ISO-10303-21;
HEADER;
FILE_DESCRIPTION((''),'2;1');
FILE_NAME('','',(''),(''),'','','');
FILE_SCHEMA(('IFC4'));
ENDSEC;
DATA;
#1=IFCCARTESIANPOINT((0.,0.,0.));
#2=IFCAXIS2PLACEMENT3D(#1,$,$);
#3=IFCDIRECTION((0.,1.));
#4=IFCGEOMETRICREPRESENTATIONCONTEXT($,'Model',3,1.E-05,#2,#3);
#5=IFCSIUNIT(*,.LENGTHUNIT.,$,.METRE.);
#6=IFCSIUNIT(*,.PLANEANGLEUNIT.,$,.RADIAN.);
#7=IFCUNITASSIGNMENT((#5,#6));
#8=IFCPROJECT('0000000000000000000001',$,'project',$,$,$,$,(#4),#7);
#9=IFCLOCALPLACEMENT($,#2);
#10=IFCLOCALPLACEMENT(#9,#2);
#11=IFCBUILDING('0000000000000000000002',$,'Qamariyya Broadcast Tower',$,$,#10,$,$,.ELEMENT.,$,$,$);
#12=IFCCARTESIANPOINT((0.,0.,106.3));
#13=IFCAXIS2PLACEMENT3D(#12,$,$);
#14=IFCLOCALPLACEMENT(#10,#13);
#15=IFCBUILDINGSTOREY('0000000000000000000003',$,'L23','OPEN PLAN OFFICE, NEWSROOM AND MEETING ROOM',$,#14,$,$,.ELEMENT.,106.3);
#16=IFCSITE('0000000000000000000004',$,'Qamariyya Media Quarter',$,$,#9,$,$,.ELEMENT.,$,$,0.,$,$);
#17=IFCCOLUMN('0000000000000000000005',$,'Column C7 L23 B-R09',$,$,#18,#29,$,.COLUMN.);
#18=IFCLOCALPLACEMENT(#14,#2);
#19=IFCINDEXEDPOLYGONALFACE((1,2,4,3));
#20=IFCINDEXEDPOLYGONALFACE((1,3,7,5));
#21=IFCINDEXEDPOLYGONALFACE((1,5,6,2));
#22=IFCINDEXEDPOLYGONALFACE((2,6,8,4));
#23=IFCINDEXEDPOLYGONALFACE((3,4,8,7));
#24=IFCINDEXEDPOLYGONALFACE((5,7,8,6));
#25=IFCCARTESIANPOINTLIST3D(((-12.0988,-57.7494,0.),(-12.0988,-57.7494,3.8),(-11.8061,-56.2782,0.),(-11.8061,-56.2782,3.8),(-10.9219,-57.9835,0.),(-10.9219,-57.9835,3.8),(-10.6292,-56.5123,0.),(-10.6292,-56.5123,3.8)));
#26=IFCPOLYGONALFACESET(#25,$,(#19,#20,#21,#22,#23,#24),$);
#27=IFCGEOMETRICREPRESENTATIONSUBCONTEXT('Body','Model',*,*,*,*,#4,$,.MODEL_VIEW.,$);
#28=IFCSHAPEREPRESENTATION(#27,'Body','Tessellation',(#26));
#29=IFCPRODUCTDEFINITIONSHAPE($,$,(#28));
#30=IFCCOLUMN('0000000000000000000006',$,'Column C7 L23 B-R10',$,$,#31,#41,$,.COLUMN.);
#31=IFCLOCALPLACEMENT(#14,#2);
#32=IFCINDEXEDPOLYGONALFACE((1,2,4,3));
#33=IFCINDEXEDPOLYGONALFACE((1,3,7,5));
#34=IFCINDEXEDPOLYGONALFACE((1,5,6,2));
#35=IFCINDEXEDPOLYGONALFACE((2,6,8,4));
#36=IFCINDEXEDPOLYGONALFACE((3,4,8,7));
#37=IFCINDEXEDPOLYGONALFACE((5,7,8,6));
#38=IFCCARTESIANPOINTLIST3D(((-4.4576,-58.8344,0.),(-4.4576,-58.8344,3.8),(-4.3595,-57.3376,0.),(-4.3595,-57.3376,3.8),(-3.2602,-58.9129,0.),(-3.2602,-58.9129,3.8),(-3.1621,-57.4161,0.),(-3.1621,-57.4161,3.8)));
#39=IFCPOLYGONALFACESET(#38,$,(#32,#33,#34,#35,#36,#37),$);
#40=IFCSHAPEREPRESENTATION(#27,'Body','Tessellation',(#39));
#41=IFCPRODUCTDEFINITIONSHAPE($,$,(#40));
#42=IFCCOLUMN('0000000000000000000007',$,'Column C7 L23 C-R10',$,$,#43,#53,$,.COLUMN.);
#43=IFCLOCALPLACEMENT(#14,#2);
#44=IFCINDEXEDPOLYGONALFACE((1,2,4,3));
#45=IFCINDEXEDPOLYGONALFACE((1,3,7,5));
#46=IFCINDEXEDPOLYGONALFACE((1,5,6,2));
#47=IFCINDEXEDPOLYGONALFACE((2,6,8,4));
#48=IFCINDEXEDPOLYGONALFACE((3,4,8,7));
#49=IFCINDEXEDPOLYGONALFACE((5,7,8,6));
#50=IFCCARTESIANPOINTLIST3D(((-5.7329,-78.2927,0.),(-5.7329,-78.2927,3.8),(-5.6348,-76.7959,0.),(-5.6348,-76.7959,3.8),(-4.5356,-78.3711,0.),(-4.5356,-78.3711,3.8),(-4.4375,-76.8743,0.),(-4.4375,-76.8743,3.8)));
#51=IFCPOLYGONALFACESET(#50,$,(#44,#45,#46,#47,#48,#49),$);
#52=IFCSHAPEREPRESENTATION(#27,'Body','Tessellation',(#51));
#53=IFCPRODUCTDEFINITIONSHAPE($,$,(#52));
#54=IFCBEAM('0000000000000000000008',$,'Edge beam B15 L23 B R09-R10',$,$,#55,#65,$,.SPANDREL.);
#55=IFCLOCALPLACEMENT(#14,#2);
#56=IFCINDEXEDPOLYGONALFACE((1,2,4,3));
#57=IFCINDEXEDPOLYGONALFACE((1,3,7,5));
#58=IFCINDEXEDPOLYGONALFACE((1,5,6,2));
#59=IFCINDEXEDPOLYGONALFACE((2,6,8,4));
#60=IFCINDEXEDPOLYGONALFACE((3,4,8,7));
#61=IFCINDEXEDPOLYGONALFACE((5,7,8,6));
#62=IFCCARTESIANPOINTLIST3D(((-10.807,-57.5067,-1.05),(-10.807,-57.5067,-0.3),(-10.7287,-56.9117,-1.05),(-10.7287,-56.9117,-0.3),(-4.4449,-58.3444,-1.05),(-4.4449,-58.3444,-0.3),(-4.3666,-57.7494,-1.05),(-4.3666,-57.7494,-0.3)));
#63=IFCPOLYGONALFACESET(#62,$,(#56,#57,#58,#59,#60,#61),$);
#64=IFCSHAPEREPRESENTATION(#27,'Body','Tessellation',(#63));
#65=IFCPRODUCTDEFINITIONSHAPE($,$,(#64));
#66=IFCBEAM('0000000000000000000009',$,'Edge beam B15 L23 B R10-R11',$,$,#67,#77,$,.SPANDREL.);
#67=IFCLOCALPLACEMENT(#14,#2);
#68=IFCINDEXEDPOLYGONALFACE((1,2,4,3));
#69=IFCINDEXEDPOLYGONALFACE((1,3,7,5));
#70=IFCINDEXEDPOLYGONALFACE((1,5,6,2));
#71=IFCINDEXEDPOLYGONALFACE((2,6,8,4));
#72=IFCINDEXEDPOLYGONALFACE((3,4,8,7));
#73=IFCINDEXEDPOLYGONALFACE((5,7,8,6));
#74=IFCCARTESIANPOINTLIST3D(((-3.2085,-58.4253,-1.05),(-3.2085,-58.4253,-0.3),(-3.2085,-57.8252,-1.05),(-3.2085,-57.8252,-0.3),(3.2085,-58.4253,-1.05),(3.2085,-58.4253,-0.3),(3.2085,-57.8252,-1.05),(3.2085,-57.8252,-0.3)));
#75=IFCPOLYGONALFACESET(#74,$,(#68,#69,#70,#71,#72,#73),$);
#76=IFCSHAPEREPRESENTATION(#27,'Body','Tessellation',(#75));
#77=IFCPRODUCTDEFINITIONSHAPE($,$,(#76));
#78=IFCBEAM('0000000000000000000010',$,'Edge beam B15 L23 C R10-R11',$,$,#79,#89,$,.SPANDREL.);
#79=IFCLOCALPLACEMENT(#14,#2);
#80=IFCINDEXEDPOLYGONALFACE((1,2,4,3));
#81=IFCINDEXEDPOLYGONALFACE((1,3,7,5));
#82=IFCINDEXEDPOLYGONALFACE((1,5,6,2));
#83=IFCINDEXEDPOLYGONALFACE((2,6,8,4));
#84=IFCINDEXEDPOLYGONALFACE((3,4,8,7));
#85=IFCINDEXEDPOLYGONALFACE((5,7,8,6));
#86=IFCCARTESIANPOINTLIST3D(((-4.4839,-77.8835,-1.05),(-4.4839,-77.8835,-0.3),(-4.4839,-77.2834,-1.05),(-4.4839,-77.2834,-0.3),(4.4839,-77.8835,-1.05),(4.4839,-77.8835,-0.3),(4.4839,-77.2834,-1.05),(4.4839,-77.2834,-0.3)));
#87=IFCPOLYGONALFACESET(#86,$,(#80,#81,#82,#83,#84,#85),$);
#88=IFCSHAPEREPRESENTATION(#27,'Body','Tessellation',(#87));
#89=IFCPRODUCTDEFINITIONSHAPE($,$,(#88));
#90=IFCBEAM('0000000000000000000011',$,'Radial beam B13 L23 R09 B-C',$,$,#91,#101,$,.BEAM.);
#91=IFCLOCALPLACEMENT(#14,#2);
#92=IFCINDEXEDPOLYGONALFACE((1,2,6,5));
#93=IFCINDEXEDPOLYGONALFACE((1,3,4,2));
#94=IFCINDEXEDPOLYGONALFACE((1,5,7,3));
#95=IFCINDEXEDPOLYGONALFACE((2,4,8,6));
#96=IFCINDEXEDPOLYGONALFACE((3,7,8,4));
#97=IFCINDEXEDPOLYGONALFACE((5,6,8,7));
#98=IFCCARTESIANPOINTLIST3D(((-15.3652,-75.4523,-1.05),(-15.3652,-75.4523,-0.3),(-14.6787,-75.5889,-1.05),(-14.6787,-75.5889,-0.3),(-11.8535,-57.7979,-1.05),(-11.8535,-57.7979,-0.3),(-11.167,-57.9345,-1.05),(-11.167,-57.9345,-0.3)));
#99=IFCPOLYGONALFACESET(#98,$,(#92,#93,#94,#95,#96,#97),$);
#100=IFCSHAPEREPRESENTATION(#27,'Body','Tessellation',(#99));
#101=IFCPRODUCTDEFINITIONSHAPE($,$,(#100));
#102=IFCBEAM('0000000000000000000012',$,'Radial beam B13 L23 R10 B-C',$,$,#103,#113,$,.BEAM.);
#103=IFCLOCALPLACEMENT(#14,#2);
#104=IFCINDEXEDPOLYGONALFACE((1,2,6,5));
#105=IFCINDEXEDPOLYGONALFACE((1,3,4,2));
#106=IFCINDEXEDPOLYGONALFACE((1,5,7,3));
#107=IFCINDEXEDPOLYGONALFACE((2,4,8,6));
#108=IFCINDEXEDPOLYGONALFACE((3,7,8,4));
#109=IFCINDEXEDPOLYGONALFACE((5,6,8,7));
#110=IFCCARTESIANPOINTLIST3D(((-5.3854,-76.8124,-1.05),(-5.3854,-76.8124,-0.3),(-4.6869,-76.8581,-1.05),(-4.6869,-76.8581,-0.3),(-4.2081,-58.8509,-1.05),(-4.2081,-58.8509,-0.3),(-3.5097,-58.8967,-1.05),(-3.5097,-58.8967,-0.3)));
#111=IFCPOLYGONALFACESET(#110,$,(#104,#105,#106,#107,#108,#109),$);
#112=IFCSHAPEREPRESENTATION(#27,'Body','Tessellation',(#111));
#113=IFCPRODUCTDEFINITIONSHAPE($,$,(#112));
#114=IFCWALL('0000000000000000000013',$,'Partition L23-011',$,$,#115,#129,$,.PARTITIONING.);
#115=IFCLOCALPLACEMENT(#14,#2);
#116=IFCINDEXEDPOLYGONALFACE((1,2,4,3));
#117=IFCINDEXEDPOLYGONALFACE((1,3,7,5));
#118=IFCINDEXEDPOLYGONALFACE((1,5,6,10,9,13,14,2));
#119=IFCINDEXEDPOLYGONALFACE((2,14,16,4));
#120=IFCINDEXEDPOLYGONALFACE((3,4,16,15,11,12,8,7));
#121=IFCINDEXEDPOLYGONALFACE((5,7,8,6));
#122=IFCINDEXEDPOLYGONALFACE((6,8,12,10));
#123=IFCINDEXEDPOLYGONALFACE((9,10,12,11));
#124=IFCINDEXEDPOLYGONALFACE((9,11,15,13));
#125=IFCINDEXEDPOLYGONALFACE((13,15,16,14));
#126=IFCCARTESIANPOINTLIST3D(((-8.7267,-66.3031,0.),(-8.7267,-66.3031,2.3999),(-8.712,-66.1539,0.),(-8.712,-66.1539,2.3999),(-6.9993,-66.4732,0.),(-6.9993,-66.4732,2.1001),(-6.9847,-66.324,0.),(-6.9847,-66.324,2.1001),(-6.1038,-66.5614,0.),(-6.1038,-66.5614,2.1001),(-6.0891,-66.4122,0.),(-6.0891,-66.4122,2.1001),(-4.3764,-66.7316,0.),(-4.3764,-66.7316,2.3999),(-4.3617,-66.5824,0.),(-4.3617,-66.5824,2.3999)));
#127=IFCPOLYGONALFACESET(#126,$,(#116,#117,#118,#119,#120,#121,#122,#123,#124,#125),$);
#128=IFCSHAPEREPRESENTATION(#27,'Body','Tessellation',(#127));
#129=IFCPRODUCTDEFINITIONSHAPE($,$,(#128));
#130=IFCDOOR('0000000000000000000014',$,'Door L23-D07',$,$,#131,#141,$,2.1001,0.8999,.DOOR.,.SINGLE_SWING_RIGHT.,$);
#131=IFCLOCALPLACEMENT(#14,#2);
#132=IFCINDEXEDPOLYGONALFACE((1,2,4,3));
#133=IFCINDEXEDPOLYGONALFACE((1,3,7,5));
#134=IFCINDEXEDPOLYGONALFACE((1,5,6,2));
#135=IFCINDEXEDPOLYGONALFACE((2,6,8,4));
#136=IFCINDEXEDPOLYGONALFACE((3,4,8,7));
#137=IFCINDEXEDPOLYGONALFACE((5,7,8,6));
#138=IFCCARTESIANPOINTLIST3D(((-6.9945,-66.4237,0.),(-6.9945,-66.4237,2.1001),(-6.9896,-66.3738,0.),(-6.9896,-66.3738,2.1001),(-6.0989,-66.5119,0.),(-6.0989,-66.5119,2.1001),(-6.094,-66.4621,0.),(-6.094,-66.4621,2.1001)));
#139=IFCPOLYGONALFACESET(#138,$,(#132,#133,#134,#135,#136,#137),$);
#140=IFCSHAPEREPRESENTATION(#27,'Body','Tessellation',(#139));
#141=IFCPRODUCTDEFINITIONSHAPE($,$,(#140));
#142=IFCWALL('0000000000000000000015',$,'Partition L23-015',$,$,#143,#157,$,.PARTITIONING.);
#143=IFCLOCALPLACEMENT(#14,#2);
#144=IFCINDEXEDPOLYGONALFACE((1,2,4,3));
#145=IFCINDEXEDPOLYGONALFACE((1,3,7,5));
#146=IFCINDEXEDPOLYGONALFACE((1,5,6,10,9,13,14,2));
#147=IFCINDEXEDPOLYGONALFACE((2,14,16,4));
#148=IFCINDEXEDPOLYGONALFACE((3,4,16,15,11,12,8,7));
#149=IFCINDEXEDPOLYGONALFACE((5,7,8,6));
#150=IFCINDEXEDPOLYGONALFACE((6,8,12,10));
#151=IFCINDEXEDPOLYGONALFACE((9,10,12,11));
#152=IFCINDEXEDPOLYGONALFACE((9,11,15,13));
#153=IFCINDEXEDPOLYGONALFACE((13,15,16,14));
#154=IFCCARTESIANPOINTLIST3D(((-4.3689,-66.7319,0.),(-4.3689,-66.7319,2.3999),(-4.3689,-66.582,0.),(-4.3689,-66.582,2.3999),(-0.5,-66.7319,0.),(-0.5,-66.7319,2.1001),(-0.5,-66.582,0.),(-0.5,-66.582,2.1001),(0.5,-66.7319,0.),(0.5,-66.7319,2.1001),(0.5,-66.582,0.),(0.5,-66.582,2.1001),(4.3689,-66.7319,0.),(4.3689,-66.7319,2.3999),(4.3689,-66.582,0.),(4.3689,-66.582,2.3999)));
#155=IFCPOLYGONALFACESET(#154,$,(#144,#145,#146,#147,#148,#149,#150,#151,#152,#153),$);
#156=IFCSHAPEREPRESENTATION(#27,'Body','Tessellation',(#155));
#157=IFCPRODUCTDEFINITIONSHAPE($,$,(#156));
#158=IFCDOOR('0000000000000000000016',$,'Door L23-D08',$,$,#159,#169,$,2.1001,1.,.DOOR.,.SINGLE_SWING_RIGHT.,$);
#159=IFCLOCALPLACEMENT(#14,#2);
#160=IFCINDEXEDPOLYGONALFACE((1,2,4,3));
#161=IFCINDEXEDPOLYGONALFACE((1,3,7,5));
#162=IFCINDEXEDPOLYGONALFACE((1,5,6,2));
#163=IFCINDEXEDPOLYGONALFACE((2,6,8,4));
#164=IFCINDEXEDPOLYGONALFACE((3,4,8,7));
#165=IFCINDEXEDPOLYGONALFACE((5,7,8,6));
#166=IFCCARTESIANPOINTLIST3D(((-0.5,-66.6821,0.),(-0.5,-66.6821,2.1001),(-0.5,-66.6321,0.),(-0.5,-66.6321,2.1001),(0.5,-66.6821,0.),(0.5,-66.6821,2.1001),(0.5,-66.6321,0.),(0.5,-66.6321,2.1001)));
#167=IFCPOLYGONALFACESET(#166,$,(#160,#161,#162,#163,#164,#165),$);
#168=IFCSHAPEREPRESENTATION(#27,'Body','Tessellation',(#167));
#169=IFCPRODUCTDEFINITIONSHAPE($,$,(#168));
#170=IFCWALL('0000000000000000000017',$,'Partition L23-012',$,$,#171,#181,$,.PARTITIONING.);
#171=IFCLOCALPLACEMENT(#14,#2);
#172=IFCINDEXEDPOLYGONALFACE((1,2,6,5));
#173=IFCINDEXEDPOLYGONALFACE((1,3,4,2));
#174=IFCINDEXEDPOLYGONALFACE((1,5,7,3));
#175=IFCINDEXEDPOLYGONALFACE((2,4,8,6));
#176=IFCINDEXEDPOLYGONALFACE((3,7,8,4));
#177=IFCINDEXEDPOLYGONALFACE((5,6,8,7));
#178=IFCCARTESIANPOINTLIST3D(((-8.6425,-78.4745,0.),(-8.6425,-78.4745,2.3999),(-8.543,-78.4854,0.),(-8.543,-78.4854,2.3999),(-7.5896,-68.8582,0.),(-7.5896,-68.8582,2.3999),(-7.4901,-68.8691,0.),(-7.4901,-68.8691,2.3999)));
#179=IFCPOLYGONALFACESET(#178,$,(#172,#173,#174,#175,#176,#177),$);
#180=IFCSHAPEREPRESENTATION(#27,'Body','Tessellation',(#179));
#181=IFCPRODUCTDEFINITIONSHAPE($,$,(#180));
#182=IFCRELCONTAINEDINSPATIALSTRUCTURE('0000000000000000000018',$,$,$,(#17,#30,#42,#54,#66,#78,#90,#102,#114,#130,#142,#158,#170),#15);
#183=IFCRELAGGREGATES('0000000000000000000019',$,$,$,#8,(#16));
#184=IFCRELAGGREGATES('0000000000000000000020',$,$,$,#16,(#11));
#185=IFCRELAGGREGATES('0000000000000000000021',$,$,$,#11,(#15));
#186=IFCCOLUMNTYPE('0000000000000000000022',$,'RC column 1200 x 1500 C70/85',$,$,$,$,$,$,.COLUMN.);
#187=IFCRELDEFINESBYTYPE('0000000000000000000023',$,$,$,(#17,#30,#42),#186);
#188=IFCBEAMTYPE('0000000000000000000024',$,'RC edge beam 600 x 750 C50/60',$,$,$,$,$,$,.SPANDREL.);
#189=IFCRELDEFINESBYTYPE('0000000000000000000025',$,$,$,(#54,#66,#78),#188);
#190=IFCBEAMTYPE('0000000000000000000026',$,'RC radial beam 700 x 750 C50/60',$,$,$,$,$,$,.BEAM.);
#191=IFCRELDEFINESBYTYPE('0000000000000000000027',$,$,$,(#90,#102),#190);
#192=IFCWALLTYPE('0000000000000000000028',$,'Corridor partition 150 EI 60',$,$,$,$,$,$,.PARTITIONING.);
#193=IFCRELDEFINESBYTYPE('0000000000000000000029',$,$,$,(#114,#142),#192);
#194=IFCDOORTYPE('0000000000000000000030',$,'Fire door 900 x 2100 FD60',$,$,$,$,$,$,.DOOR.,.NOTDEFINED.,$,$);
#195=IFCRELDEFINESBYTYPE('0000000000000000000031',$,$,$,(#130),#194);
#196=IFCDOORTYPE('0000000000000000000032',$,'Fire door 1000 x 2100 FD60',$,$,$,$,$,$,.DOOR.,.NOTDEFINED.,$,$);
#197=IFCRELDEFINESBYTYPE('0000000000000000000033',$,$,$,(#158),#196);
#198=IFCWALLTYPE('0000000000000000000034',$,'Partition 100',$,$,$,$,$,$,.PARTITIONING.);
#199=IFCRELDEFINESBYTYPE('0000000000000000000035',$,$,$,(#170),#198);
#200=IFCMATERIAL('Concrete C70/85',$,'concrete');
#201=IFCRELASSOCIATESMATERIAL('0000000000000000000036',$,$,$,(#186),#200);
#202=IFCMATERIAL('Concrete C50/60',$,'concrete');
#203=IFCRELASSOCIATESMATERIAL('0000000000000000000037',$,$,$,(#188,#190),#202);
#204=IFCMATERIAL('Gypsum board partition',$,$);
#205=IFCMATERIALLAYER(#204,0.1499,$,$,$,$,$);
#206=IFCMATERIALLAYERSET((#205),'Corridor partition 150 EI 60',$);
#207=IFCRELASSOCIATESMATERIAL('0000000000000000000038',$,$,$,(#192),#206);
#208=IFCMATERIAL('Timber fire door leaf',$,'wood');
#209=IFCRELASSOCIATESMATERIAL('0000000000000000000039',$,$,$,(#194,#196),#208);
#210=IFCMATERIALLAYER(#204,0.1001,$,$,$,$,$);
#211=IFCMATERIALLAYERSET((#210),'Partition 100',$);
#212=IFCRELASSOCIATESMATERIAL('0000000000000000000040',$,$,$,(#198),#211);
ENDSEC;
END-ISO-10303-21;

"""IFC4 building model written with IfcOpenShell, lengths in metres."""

from ifc_helpers import new_model, si_unit, direction, frame, frame_2d, origin, origin_2d, place, context, subcontext, project, spatial, rectangle, extrude, material, layer, layer_set, material_profile, profile_set, type_object, element, fill, save


model = new_model("IFC4")

# Units and contexts
model_context = context("Model", 3, precision=1e-05, world=origin(), true_north=direction((0.0, 1.0)))
body_context = subcontext(model_context, "Body", "Model", "MODEL_VIEW")
ifc_project = project(units=[si_unit("LENGTHUNIT", "METRE"), si_unit("PLANEANGLEUNIT", "RADIAN")], contexts=[model_context])

# Site, building, storey
site_placement = place(None, origin())
site = spatial("IfcSite", under=ifc_project, at=site_placement, Name="Qamariyya Media Quarter", CompositionType="ELEMENT", RefElevation=0.0)
building_placement = place(site_placement, origin())
building = spatial("IfcBuilding", under=site, at=building_placement, Name="Qamariyya Broadcast Tower", CompositionType="ELEMENT")
storey_placement = place(building_placement, frame((0.0, 0.0, 106.3)))
storey = spatial("IfcBuildingStorey", under=building, at=storey_placement, Name="L23", Description="OPEN PLAN OFFICE, NEWSROOM AND MEETING ROOM", CompositionType="ELEMENT", Elevation=106.3)

# Columns
ifc_material_1 = material(Name="Concrete C70/85", Category="concrete")
ifc_material_profile_1 = material_profile(ifc_material_1, rectangle(XDim=1.2, YDim=1.5, at=origin_2d()))
ifc_profile_set_1 = profile_set([ifc_material_profile_1], Name="Concrete C70/85")
column_type = type_object("IfcColumnType", Name="RC column 1200 x 1500 C70/85", PredefinedType="COLUMN", material=ifc_profile_set_1)
for number, where, z_axis, x_axis, name in (
    (1, (-11.364, -57.1309, 0.0), (0.0, 0.0, 1.0), (0.980785, -0.19509, 0.0), "Column C7 L23 B-R09"),
    (2, (-3.8098, -58.1252, 0.0), (0.0, 0.0, 1.0), (0.997859, -0.065403, 0.0), "Column C7 L23 B-R10"),
    (3, (-5.0852, -77.5835, 0.0), (0.0, 0.0, 1.0), (0.997859, -0.065403, 0.0), "Column C7 L23 C-R10"),
):
    element("IfcColumn", number, at=place(storey_placement, frame(where, z_axis=z_axis, x_axis=x_axis)), inside=storey, type_object=column_type, Name=name, PredefinedType="COLUMN", context=body_context, shape_type="SweptSolid", body=[
        extrude(rectangle(XDim=1.2, YDim=1.5, at=origin_2d()), origin(), (0.0, 0.0, 1.0), 3.8),
    ])

# Beams
ifc_material_2 = material(Name="Concrete C50/60", Category="concrete")
ifc_material_profile_2 = material_profile(ifc_material_2, rectangle(XDim=0.6001, YDim=0.75, at=origin_2d()))
ifc_profile_set_2 = profile_set([ifc_material_profile_2], Name="Concrete C50/60")
beam_type_1 = type_object("IfcBeamType", Name="RC edge beam 600 x 750 C50/60", PredefinedType="SPANDREL", material=ifc_profile_set_2)
for number, where, z_axis, x_axis, name in (
    (4, (-10.7678, -57.2092, -0.675), (0.991444, -0.130536, 0.0), (0.130536, 0.991444, 0.0), "Edge beam B15 L23 B R09-R10"),
    (5, (-3.2085, -58.1252, -0.675), (1.0, 0.0, 0.0), (0.0, 1.0, 0.0), "Edge beam B15 L23 B R10-R11"),
):
    element("IfcBeam", number, at=place(storey_placement, frame(where, z_axis=z_axis, x_axis=x_axis)), inside=storey, type_object=beam_type_1, Name=name, PredefinedType="SPANDREL", context=body_context, shape_type="SweptSolid", body=[
        extrude(rectangle(XDim=0.6001, YDim=0.75, at=origin_2d()), origin(), (0.0, 0.0, 1.0), 6.417),
    ])
beam_1_placement = place(storey_placement, frame((-4.4839, -77.5835, -0.675), z_axis=(1.0, 0.0, 0.0), x_axis=(0.0, 1.0, 0.0)))
element("IfcBeam", 6, at=beam_1_placement, inside=storey, type_object=beam_type_1, Name="Edge beam B15 L23 C R10-R11", PredefinedType="SPANDREL", context=body_context, shape_type="SweptSolid", body=[
    extrude(rectangle(XDim=0.6001, YDim=0.75, at=origin_2d()), origin(), (0.0, 0.0, 1.0), 8.9678),
])
ifc_material_profile_3 = material_profile(ifc_material_2, rectangle(XDim=0.7, YDim=0.75, at=origin_2d()))
ifc_profile_set_3 = profile_set([ifc_material_profile_3], Name="Concrete C50/60")
beam_type_2 = type_object("IfcBeamType", Name="RC radial beam 700 x 750 C50/60", PredefinedType="BEAM", material=ifc_profile_set_3)
beam_2_placement = place(storey_placement, frame((-11.5103, -57.8662, -0.675), z_axis=(-0.195094, -0.980785, 0.0), x_axis=(0.980785, -0.195094, 0.0)))
element("IfcBeam", 7, at=beam_2_placement, inside=storey, type_object=beam_type_2, Name="Radial beam B13 L23 R09 B-C", PredefinedType="BEAM", context=body_context, shape_type="SweptSolid", body=[
    extrude(rectangle(XDim=0.7, YDim=0.75, at=origin_2d()), origin(), (0.0, 0.0, 1.0), 18.0002),
])
beam_3_placement = place(storey_placement, frame((-3.8589, -58.8738, -0.675), z_axis=(-0.065403, -0.997859, 0.0), x_axis=(0.997859, -0.065403, 0.0)))
element("IfcBeam", 8, at=beam_3_placement, inside=storey, type_object=beam_type_2, Name="Radial beam B13 L23 R10 B-C", PredefinedType="BEAM", context=body_context, shape_type="SweptSolid", body=[
    extrude(rectangle(XDim=0.7, YDim=0.75, at=origin_2d()), origin(), (0.0, 0.0, 1.0), 18.0),
])

# Walls, openings, doors
ifc_material_3 = material(Name="Gypsum board partition")
ifc_layer_1 = layer(ifc_material_3, 0.1499)
ifc_layer_set_1 = layer_set([ifc_layer_1], Name="Corridor partition 150 EI 60")
wall_type_1 = type_object("IfcWallType", Name="Corridor partition 150 EI 60", PredefinedType="PARTITIONING", material=ifc_layer_set_1)
wall_1_placement = place(storey_placement, frame((-8.7192, -66.2285, 0.0), z_axis=(0.0, 0.0, 1.0), x_axis=(0.995185, -0.098016, 0.0)))
wall_1 = element("IfcWall", 9, at=wall_1_placement, inside=storey, type_object=wall_type_1, Name="Partition L23-011", PredefinedType="PARTITIONING", context=body_context, shape_type="SweptSolid", body=[
    extrude(rectangle(XDim=4.3713, YDim=0.1499, at=frame_2d((2.1855, 0.0))), origin(), (0.0, 0.0, 1.0), 2.3999),
])
opening_1_placement = place(wall_1_placement, frame((1.7356, 0.0, 0.0)))
opening_1 = element("IfcOpeningElement", 10, at=opening_1_placement, cuts=wall_1, PredefinedType="OPENING", context=body_context, shape_type="SweptSolid", body=[
    extrude(rectangle(XDim=0.8999, YDim=2.1001, at=frame_2d((0.45, 1.05))), frame((0.0, 0.085, 0.0), z_axis=(0.0, -1.0, 0.0), x_axis=(1.0, 0.0, 0.0)), (0.0, 0.0, 1.0), 0.1699),
])
ifc_material_4 = material(Name="Timber fire door leaf", Category="wood")
door_type_1 = type_object("IfcDoorType", Name="Fire door 900 x 2100 FD60", OperationType="NOTDEFINED", PredefinedType="DOOR", material=ifc_material_4)
door_1_placement = place(opening_1_placement, origin())
door_1 = element("IfcDoor", 11, at=door_1_placement, inside=storey, type_object=door_type_1, Name="Door L23-D07", OperationType="SINGLE_SWING_RIGHT", OverallHeight=2.1001, OverallWidth=0.8999, PredefinedType="DOOR", context=body_context, shape_type="SweptSolid", body=[
    extrude(rectangle(XDim=0.8999, YDim=2.1001, at=frame_2d((0.45, 1.05))), frame((0.0, 0.0249, 0.0), z_axis=(0.0, -1.0, 0.0), x_axis=(1.0, 0.0, 0.0)), (0.0, 0.0, 1.0), 0.05),
])
fill(opening_1, door_1)
wall_2_placement = place(storey_placement, frame((-4.3689, -66.657, 0.0), z_axis=(0.0, 0.0, 1.0), x_axis=(1.0, 0.0, 0.0)))
wall_2 = element("IfcWall", 12, at=wall_2_placement, inside=storey, type_object=wall_type_1, Name="Partition L23-015", PredefinedType="PARTITIONING", context=body_context, shape_type="SweptSolid", body=[
    extrude(rectangle(XDim=8.7378, YDim=0.1499, at=frame_2d((4.3689, 0.0))), origin(), (0.0, 0.0, 1.0), 2.3999),
])
opening_2_placement = place(wall_2_placement, frame((3.8689, 0.0, 0.0)))
opening_2 = element("IfcOpeningElement", 13, at=opening_2_placement, cuts=wall_2, PredefinedType="OPENING", context=body_context, shape_type="SweptSolid", body=[
    extrude(rectangle(XDim=1.0, YDim=2.1001, at=frame_2d((0.5, 1.05))), frame((0.0, 0.085, 0.0), z_axis=(0.0, -1.0, 0.0), x_axis=(1.0, 0.0, 0.0)), (0.0, 0.0, 1.0), 0.1699),
])
door_type_2 = type_object("IfcDoorType", Name="Fire door 1000 x 2100 FD60", OperationType="NOTDEFINED", PredefinedType="DOOR", material=ifc_material_4)
door_2_placement = place(opening_2_placement, origin())
door_2 = element("IfcDoor", 14, at=door_2_placement, inside=storey, type_object=door_type_2, Name="Door L23-D08", OperationType="SINGLE_SWING_RIGHT", OverallHeight=2.1001, OverallWidth=1.0, PredefinedType="DOOR", context=body_context, shape_type="SweptSolid", body=[
    extrude(rectangle(XDim=1.0, YDim=2.1001, at=frame_2d((0.5, 1.05))), frame((0.0, 0.0249, 0.0), z_axis=(0.0, -1.0, 0.0), x_axis=(1.0, 0.0, 0.0)), (0.0, 0.0, 1.0), 0.05),
])
fill(opening_2, door_2)

# Wall
ifc_layer_2 = layer(ifc_material_3, 0.1001)
ifc_layer_set_2 = layer_set([ifc_layer_2], Name="Partition 100")
wall_type_2 = type_object("IfcWallType", Name="Partition 100", PredefinedType="PARTITIONING", material=ifc_layer_set_2)
wall_3_placement = place(storey_placement, frame((-8.5928, -78.48, 0.0), z_axis=(0.0, 0.0, 1.0), x_axis=(0.108847, 0.994059, 0.0)))
element("IfcWall", 15, at=wall_3_placement, inside=storey, type_object=wall_type_2, Name="Partition L23-012", PredefinedType="PARTITIONING", context=body_context, shape_type="SweptSolid", body=[
    extrude(rectangle(XDim=9.6738, YDim=0.1001, at=frame_2d((4.8369, 0.0))), origin(), (0.0, 0.0, 1.0), 2.3999),
])

save(model, "model.ifc")
